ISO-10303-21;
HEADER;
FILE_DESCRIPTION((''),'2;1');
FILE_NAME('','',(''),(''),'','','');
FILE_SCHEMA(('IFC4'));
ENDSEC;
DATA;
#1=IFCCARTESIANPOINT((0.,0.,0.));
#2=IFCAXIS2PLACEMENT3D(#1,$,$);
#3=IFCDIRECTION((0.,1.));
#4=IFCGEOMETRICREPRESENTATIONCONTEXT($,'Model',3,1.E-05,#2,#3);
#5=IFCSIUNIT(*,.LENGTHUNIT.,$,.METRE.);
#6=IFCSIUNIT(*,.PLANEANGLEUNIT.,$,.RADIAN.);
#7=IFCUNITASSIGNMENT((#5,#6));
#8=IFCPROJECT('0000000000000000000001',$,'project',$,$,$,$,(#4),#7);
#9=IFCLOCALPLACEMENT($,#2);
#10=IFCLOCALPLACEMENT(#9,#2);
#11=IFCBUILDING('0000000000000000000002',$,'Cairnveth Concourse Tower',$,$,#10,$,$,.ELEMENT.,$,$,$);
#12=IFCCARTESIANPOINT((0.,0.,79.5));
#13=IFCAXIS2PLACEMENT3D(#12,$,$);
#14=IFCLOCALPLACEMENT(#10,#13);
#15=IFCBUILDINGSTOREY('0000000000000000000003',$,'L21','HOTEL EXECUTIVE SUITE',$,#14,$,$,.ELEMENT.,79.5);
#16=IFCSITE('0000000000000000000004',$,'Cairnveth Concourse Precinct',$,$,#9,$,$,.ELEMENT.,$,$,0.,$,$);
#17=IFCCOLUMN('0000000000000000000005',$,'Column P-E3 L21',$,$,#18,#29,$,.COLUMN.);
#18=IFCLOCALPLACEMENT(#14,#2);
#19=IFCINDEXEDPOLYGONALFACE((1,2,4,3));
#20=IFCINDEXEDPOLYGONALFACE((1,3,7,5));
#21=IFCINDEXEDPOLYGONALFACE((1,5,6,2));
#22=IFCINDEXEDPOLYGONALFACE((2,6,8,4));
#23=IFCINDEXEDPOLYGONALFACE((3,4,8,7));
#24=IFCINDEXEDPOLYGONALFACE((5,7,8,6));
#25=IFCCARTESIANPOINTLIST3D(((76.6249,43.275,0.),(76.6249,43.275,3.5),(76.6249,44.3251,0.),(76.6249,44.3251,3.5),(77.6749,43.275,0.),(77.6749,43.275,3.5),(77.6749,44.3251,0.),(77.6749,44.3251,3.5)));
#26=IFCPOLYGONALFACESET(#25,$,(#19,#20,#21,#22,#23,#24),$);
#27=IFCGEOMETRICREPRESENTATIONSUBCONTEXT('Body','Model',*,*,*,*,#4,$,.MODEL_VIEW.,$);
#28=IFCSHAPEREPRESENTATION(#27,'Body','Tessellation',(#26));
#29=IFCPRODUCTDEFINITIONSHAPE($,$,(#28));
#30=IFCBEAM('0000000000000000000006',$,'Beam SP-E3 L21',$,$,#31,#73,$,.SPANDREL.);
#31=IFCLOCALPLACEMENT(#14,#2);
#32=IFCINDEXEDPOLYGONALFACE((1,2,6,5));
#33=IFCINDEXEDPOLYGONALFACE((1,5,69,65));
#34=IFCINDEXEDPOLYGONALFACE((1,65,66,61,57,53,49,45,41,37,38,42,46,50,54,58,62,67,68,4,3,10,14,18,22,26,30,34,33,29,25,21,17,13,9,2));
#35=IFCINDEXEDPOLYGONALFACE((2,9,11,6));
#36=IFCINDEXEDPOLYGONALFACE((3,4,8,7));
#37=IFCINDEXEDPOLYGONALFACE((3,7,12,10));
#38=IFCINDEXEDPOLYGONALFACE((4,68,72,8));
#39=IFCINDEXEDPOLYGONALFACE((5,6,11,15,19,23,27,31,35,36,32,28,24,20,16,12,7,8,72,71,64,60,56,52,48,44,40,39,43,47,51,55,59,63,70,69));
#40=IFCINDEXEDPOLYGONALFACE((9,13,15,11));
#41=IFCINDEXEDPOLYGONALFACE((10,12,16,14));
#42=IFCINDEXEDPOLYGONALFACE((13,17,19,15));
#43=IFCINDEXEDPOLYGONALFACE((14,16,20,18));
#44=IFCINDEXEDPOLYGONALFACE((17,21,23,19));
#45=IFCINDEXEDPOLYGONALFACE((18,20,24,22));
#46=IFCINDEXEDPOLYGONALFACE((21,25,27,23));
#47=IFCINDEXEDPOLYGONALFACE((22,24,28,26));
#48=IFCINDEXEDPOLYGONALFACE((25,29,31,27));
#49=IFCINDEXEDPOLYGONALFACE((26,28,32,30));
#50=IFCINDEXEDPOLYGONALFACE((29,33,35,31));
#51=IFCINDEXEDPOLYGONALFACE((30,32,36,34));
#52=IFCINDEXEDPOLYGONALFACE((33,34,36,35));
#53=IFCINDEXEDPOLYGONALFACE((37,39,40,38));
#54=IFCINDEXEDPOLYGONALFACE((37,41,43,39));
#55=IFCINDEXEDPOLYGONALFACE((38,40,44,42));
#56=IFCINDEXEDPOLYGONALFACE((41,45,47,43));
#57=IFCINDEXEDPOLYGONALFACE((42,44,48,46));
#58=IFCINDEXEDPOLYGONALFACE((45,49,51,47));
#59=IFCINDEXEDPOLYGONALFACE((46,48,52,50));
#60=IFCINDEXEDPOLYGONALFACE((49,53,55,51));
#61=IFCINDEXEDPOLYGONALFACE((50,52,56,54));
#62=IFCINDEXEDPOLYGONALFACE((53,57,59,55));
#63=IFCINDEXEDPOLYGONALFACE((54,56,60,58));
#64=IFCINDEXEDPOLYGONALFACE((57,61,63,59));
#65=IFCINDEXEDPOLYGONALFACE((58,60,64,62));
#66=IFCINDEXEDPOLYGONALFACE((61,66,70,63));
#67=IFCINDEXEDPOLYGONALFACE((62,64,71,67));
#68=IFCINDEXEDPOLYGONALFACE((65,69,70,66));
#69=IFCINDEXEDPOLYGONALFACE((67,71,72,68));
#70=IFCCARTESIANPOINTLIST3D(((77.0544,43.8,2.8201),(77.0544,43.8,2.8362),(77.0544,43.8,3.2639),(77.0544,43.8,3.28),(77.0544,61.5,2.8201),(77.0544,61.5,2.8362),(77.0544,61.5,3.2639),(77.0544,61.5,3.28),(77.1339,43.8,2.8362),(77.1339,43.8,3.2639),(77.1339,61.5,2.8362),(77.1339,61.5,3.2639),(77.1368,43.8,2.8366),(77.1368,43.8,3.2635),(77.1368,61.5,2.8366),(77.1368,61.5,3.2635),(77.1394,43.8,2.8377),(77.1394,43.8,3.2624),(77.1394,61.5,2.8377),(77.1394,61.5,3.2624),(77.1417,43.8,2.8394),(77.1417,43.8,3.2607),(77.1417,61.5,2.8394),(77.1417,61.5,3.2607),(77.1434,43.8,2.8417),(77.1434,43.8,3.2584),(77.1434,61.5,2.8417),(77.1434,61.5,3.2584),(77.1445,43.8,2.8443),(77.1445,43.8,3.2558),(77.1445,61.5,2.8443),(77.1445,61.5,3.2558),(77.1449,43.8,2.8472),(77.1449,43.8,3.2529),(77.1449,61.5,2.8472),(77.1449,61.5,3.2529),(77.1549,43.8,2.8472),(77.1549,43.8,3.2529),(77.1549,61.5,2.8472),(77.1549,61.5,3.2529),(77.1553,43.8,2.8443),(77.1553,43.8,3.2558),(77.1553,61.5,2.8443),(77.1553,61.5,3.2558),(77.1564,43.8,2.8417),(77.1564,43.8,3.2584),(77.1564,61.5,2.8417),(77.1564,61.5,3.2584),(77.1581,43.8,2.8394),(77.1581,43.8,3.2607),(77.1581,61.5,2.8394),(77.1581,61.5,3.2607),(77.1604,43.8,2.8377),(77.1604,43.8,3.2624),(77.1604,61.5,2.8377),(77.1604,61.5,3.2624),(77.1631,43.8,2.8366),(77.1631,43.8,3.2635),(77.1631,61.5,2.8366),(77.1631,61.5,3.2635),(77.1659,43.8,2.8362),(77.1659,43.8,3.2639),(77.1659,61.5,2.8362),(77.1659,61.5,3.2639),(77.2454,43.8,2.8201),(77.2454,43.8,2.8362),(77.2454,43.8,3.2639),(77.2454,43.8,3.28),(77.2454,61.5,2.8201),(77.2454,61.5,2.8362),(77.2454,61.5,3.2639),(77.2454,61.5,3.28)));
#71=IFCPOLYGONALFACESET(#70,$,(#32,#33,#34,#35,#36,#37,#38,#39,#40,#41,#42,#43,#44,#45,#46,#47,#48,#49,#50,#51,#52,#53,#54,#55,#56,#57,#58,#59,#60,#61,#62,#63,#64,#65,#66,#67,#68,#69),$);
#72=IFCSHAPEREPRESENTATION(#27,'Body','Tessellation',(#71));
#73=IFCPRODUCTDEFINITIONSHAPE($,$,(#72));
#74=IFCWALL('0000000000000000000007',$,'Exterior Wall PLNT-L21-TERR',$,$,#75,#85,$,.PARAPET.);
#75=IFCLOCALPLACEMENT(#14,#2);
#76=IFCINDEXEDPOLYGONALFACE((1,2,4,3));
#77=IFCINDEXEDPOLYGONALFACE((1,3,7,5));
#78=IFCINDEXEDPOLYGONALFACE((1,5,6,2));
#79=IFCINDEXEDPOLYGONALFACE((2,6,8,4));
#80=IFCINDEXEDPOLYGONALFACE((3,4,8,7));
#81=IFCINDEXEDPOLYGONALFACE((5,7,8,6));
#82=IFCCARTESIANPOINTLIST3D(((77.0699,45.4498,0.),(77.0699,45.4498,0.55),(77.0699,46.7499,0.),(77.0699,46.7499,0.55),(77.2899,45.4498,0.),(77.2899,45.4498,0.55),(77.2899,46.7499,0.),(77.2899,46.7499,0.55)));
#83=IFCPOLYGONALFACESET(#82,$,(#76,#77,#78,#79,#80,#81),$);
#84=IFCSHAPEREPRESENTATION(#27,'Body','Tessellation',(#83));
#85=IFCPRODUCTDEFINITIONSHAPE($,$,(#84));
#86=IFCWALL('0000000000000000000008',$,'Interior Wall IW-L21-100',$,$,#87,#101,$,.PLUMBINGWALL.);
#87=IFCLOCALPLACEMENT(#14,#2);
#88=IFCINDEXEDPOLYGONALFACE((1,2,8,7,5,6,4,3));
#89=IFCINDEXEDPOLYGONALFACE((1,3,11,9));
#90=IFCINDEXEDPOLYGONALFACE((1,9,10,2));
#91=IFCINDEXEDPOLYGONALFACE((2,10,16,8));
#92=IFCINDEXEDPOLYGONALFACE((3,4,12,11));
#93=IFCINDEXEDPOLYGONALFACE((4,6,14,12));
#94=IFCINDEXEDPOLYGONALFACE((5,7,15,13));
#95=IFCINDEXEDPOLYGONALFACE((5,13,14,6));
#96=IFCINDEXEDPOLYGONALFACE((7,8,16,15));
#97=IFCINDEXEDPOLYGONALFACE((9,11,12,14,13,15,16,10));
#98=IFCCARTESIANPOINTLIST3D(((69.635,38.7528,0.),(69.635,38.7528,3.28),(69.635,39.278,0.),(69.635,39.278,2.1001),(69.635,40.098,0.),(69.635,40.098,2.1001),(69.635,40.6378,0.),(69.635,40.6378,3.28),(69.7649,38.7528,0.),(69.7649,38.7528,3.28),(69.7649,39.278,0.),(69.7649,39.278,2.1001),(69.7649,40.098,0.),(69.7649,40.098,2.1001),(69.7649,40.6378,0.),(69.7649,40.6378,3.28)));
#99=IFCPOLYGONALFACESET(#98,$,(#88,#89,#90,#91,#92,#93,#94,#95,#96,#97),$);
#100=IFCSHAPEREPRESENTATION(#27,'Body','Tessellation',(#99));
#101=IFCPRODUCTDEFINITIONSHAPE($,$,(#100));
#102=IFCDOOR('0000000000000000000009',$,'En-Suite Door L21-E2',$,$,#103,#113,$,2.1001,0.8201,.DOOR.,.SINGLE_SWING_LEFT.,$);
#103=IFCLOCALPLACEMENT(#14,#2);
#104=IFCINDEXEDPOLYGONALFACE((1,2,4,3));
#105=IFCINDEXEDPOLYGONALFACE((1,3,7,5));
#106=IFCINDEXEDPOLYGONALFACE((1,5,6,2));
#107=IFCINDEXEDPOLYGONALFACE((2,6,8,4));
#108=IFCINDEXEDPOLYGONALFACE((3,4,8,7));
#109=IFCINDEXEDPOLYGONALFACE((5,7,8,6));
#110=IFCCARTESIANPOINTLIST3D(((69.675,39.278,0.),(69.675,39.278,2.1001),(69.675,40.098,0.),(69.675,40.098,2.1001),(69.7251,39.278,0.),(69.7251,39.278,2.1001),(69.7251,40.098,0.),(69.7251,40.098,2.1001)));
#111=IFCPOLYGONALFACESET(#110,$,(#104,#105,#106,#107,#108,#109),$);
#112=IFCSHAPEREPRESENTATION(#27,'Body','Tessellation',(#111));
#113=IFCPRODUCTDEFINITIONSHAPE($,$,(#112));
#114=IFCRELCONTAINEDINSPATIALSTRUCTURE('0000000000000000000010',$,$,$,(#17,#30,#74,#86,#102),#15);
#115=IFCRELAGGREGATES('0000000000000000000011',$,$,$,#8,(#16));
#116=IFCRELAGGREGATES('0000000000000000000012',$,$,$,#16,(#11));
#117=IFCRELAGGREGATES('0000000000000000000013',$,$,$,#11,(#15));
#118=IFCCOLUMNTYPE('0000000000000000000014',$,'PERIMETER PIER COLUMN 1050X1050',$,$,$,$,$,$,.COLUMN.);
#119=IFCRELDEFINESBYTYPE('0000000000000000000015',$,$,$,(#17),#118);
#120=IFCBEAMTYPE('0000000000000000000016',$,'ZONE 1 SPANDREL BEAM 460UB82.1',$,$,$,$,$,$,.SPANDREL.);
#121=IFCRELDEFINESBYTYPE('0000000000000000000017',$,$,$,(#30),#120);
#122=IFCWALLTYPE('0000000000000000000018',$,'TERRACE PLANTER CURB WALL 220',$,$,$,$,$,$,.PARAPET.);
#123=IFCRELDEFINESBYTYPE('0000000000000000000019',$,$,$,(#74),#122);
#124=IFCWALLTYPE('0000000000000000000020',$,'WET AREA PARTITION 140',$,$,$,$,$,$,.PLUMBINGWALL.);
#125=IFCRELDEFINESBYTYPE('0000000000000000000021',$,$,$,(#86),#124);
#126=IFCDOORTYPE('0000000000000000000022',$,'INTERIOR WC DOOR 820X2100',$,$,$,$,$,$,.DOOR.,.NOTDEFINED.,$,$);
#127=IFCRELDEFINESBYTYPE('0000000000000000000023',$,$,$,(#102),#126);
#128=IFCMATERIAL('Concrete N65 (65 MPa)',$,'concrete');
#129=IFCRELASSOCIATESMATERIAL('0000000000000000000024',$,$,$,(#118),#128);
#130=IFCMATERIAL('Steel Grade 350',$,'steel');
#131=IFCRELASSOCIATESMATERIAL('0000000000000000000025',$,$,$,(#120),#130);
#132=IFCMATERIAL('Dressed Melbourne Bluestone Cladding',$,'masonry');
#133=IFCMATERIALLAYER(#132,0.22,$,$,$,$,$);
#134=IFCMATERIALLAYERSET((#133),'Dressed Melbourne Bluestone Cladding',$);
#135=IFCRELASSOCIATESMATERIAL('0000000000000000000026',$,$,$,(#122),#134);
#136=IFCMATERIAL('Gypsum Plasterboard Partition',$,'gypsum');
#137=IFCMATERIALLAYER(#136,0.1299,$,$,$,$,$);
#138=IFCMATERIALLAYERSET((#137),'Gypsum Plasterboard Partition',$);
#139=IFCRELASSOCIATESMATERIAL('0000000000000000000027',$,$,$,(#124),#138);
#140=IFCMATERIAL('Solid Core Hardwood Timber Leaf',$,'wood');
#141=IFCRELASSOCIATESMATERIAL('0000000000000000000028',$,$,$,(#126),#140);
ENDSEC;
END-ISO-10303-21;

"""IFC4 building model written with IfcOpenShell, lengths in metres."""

from ifc_helpers import new_model, si_unit, direction, frame, frame_2d, origin, origin_2d, place, context, subcontext, project, spatial, rectangle, i_section, extrude, material, layer, layer_set, material_profile, profile_set, type_object, element, fill, save


model = new_model("IFC4")

# Units and contexts
model_context = context("Model", 3, precision=1e-05, world=origin(), true_north=direction((0.0, 1.0)))
body_context = subcontext(model_context, "Body", "Model", "MODEL_VIEW")
ifc_project = project(units=[si_unit("LENGTHUNIT", "METRE"), si_unit("PLANEANGLEUNIT", "RADIAN")], contexts=[model_context])

# Site, building, storey
site_placement = place(None, origin())
site = spatial("IfcSite", under=ifc_project, at=site_placement, Name="Cairnveth Concourse Precinct", CompositionType="ELEMENT", RefElevation=0.0)
building_placement = place(site_placement, origin())
building = spatial("IfcBuilding", under=site, at=building_placement, Name="Cairnveth Concourse Tower", CompositionType="ELEMENT")
storey_placement = place(building_placement, frame((0.0, 0.0, 79.5)))
storey = spatial("IfcBuildingStorey", under=building, at=storey_placement, Name="L21", Description="HOTEL EXECUTIVE SUITE", CompositionType="ELEMENT", Elevation=79.5)

# Column
ifc_material_1 = material(Name="Concrete N65 (65 MPa)", Category="concrete")
ifc_material_profile_1 = material_profile(ifc_material_1, rectangle(XDim=1.05, YDim=1.05, at=origin_2d()), Name="RC-COL-1050x1050")
ifc_profile_set_1 = profile_set([ifc_material_profile_1], Name="Concrete N65 (65 MPa)")
column_type = type_object("IfcColumnType", Name="PERIMETER PIER COLUMN 1050X1050", PredefinedType="COLUMN", material=ifc_profile_set_1)
column_placement = place(storey_placement, frame((77.1499, 43.8, 0.0), z_axis=(0.0, 0.0, 1.0), x_axis=(0.0, 1.0, 0.0)))
element("IfcColumn", 1, at=column_placement, inside=storey, type_object=column_type, Name="Column P-E3 L21", PredefinedType="COLUMN", context=body_context, shape_type="SweptSolid", body=[
    extrude(rectangle(XDim=1.05, YDim=1.05, at=origin_2d()), origin(), (0.0, 0.0, 1.0), 3.5),
])

# Beam
ifc_material_2 = material(Name="Steel Grade 350", Category="steel")
ifc_material_profile_2 = material_profile(ifc_material_2, i_section(OverallWidth=0.1909, OverallDepth=0.46, WebThickness=0.01, FlangeThickness=0.0161, FilletRadius=0.011, at=origin_2d()), Name="460UB82.1")
ifc_profile_set_2 = profile_set([ifc_material_profile_2], Name="Steel Grade 350")
beam_type = type_object("IfcBeamType", Name="ZONE 1 SPANDREL BEAM 460UB82.1", PredefinedType="SPANDREL", material=ifc_profile_set_2)
beam_placement = place(storey_placement, frame((77.1499, 43.8, 3.05), z_axis=(0.0, 1.0, 0.0), x_axis=(-1.0, 0.0, 0.0)))
element("IfcBeam", 2, at=beam_placement, inside=storey, type_object=beam_type, Name="Beam SP-E3 L21", PredefinedType="SPANDREL", context=body_context, shape_type="SweptSolid", body=[
    extrude(i_section(OverallWidth=0.1909, OverallDepth=0.46, WebThickness=0.01, FlangeThickness=0.0161, FilletRadius=0.011, at=origin_2d()), origin(), (0.0, 0.0, 1.0), 17.7),
])

# Wall
ifc_material_3 = material(Name="Dressed Melbourne Bluestone Cladding", Category="masonry")
ifc_layer_1 = layer(ifc_material_3, 0.22)
ifc_layer_set_1 = layer_set([ifc_layer_1], Name="Dressed Melbourne Bluestone Cladding")
wall_type_1 = type_object("IfcWallType", Name="TERRACE PLANTER CURB WALL 220", PredefinedType="PARAPET", material=ifc_layer_set_1)
wall_1_placement = place(storey_placement, frame((77.1799, 45.45, 0.0), z_axis=(0.0, 0.0, 1.0), x_axis=(0.0, 1.0, 0.0)))
element("IfcWall", 3, at=wall_1_placement, inside=storey, type_object=wall_type_1, Name="Exterior Wall PLNT-L21-TERR", PredefinedType="PARAPET", context=body_context, shape_type="SweptSolid", body=[
    extrude(rectangle(XDim=1.3, YDim=0.22, at=frame_2d((0.6499, 0.0))), origin(), (0.0, 0.0, 1.0), 0.55),
])

# Wall, opening, door
ifc_material_4 = material(Name="Gypsum Plasterboard Partition", Category="gypsum")
ifc_layer_2 = layer(ifc_material_4, 0.1299)
ifc_layer_set_2 = layer_set([ifc_layer_2], Name="Gypsum Plasterboard Partition")
wall_type_2 = type_object("IfcWallType", Name="WET AREA PARTITION 140", PredefinedType="PLUMBINGWALL", material=ifc_layer_set_2)
wall_2_placement = place(storey_placement, frame((69.7, 38.7529, 0.0), z_axis=(0.0, 0.0, 1.0), x_axis=(0.0, 1.0, 0.0)))
wall_2 = element("IfcWall", 4, at=wall_2_placement, inside=storey, type_object=wall_type_2, Name="Interior Wall IW-L21-100", PredefinedType="PLUMBINGWALL", context=body_context, shape_type="SweptSolid", body=[
    extrude(rectangle(XDim=1.885, YDim=0.1299, at=frame_2d((0.9424, 0.0))), origin(), (0.0, 0.0, 1.0), 3.28),
])
opening_1_placement = place(wall_2_placement, frame((0.5249, 0.0, 0.0)))
opening_1 = element("IfcOpeningElement", 5, at=opening_1_placement, cuts=wall_2, PredefinedType="OPENING", context=body_context, shape_type="SweptSolid", body=[
    extrude(rectangle(XDim=0.8201, YDim=2.1001, at=frame_2d((0.4102, 1.05))), frame((0.0, 0.075, 0.0), z_axis=(0.0, -1.0, 0.0), x_axis=(1.0, 0.0, 0.0)), (0.0, 0.0, 1.0), 0.1499),
])
ifc_material_5 = material(Name="Solid Core Hardwood Timber Leaf", Category="wood")
door_type_1 = type_object("IfcDoorType", Name="INTERIOR WC DOOR 820X2100", OperationType="NOTDEFINED", PredefinedType="DOOR", material=ifc_material_5)
door_1_placement = place(opening_1_placement, origin())
door_1 = element("IfcDoor", 6, at=door_1_placement, inside=storey, type_object=door_type_1, Name="En-Suite Door L21-E2", OperationType="SINGLE_SWING_LEFT", OverallHeight=2.1001, OverallWidth=0.8201, PredefinedType="DOOR", context=body_context, shape_type="SweptSolid", body=[
    extrude(rectangle(XDim=0.8201, YDim=2.1001, at=frame_2d((0.4102, 1.05))), frame((0.0, 0.0249, 0.0), z_axis=(0.0, -1.0, 0.0), x_axis=(1.0, 0.0, 0.0)), (0.0, 0.0, 1.0), 0.05),
])
fill(opening_1, door_1)

save(model, "model.ifc")
